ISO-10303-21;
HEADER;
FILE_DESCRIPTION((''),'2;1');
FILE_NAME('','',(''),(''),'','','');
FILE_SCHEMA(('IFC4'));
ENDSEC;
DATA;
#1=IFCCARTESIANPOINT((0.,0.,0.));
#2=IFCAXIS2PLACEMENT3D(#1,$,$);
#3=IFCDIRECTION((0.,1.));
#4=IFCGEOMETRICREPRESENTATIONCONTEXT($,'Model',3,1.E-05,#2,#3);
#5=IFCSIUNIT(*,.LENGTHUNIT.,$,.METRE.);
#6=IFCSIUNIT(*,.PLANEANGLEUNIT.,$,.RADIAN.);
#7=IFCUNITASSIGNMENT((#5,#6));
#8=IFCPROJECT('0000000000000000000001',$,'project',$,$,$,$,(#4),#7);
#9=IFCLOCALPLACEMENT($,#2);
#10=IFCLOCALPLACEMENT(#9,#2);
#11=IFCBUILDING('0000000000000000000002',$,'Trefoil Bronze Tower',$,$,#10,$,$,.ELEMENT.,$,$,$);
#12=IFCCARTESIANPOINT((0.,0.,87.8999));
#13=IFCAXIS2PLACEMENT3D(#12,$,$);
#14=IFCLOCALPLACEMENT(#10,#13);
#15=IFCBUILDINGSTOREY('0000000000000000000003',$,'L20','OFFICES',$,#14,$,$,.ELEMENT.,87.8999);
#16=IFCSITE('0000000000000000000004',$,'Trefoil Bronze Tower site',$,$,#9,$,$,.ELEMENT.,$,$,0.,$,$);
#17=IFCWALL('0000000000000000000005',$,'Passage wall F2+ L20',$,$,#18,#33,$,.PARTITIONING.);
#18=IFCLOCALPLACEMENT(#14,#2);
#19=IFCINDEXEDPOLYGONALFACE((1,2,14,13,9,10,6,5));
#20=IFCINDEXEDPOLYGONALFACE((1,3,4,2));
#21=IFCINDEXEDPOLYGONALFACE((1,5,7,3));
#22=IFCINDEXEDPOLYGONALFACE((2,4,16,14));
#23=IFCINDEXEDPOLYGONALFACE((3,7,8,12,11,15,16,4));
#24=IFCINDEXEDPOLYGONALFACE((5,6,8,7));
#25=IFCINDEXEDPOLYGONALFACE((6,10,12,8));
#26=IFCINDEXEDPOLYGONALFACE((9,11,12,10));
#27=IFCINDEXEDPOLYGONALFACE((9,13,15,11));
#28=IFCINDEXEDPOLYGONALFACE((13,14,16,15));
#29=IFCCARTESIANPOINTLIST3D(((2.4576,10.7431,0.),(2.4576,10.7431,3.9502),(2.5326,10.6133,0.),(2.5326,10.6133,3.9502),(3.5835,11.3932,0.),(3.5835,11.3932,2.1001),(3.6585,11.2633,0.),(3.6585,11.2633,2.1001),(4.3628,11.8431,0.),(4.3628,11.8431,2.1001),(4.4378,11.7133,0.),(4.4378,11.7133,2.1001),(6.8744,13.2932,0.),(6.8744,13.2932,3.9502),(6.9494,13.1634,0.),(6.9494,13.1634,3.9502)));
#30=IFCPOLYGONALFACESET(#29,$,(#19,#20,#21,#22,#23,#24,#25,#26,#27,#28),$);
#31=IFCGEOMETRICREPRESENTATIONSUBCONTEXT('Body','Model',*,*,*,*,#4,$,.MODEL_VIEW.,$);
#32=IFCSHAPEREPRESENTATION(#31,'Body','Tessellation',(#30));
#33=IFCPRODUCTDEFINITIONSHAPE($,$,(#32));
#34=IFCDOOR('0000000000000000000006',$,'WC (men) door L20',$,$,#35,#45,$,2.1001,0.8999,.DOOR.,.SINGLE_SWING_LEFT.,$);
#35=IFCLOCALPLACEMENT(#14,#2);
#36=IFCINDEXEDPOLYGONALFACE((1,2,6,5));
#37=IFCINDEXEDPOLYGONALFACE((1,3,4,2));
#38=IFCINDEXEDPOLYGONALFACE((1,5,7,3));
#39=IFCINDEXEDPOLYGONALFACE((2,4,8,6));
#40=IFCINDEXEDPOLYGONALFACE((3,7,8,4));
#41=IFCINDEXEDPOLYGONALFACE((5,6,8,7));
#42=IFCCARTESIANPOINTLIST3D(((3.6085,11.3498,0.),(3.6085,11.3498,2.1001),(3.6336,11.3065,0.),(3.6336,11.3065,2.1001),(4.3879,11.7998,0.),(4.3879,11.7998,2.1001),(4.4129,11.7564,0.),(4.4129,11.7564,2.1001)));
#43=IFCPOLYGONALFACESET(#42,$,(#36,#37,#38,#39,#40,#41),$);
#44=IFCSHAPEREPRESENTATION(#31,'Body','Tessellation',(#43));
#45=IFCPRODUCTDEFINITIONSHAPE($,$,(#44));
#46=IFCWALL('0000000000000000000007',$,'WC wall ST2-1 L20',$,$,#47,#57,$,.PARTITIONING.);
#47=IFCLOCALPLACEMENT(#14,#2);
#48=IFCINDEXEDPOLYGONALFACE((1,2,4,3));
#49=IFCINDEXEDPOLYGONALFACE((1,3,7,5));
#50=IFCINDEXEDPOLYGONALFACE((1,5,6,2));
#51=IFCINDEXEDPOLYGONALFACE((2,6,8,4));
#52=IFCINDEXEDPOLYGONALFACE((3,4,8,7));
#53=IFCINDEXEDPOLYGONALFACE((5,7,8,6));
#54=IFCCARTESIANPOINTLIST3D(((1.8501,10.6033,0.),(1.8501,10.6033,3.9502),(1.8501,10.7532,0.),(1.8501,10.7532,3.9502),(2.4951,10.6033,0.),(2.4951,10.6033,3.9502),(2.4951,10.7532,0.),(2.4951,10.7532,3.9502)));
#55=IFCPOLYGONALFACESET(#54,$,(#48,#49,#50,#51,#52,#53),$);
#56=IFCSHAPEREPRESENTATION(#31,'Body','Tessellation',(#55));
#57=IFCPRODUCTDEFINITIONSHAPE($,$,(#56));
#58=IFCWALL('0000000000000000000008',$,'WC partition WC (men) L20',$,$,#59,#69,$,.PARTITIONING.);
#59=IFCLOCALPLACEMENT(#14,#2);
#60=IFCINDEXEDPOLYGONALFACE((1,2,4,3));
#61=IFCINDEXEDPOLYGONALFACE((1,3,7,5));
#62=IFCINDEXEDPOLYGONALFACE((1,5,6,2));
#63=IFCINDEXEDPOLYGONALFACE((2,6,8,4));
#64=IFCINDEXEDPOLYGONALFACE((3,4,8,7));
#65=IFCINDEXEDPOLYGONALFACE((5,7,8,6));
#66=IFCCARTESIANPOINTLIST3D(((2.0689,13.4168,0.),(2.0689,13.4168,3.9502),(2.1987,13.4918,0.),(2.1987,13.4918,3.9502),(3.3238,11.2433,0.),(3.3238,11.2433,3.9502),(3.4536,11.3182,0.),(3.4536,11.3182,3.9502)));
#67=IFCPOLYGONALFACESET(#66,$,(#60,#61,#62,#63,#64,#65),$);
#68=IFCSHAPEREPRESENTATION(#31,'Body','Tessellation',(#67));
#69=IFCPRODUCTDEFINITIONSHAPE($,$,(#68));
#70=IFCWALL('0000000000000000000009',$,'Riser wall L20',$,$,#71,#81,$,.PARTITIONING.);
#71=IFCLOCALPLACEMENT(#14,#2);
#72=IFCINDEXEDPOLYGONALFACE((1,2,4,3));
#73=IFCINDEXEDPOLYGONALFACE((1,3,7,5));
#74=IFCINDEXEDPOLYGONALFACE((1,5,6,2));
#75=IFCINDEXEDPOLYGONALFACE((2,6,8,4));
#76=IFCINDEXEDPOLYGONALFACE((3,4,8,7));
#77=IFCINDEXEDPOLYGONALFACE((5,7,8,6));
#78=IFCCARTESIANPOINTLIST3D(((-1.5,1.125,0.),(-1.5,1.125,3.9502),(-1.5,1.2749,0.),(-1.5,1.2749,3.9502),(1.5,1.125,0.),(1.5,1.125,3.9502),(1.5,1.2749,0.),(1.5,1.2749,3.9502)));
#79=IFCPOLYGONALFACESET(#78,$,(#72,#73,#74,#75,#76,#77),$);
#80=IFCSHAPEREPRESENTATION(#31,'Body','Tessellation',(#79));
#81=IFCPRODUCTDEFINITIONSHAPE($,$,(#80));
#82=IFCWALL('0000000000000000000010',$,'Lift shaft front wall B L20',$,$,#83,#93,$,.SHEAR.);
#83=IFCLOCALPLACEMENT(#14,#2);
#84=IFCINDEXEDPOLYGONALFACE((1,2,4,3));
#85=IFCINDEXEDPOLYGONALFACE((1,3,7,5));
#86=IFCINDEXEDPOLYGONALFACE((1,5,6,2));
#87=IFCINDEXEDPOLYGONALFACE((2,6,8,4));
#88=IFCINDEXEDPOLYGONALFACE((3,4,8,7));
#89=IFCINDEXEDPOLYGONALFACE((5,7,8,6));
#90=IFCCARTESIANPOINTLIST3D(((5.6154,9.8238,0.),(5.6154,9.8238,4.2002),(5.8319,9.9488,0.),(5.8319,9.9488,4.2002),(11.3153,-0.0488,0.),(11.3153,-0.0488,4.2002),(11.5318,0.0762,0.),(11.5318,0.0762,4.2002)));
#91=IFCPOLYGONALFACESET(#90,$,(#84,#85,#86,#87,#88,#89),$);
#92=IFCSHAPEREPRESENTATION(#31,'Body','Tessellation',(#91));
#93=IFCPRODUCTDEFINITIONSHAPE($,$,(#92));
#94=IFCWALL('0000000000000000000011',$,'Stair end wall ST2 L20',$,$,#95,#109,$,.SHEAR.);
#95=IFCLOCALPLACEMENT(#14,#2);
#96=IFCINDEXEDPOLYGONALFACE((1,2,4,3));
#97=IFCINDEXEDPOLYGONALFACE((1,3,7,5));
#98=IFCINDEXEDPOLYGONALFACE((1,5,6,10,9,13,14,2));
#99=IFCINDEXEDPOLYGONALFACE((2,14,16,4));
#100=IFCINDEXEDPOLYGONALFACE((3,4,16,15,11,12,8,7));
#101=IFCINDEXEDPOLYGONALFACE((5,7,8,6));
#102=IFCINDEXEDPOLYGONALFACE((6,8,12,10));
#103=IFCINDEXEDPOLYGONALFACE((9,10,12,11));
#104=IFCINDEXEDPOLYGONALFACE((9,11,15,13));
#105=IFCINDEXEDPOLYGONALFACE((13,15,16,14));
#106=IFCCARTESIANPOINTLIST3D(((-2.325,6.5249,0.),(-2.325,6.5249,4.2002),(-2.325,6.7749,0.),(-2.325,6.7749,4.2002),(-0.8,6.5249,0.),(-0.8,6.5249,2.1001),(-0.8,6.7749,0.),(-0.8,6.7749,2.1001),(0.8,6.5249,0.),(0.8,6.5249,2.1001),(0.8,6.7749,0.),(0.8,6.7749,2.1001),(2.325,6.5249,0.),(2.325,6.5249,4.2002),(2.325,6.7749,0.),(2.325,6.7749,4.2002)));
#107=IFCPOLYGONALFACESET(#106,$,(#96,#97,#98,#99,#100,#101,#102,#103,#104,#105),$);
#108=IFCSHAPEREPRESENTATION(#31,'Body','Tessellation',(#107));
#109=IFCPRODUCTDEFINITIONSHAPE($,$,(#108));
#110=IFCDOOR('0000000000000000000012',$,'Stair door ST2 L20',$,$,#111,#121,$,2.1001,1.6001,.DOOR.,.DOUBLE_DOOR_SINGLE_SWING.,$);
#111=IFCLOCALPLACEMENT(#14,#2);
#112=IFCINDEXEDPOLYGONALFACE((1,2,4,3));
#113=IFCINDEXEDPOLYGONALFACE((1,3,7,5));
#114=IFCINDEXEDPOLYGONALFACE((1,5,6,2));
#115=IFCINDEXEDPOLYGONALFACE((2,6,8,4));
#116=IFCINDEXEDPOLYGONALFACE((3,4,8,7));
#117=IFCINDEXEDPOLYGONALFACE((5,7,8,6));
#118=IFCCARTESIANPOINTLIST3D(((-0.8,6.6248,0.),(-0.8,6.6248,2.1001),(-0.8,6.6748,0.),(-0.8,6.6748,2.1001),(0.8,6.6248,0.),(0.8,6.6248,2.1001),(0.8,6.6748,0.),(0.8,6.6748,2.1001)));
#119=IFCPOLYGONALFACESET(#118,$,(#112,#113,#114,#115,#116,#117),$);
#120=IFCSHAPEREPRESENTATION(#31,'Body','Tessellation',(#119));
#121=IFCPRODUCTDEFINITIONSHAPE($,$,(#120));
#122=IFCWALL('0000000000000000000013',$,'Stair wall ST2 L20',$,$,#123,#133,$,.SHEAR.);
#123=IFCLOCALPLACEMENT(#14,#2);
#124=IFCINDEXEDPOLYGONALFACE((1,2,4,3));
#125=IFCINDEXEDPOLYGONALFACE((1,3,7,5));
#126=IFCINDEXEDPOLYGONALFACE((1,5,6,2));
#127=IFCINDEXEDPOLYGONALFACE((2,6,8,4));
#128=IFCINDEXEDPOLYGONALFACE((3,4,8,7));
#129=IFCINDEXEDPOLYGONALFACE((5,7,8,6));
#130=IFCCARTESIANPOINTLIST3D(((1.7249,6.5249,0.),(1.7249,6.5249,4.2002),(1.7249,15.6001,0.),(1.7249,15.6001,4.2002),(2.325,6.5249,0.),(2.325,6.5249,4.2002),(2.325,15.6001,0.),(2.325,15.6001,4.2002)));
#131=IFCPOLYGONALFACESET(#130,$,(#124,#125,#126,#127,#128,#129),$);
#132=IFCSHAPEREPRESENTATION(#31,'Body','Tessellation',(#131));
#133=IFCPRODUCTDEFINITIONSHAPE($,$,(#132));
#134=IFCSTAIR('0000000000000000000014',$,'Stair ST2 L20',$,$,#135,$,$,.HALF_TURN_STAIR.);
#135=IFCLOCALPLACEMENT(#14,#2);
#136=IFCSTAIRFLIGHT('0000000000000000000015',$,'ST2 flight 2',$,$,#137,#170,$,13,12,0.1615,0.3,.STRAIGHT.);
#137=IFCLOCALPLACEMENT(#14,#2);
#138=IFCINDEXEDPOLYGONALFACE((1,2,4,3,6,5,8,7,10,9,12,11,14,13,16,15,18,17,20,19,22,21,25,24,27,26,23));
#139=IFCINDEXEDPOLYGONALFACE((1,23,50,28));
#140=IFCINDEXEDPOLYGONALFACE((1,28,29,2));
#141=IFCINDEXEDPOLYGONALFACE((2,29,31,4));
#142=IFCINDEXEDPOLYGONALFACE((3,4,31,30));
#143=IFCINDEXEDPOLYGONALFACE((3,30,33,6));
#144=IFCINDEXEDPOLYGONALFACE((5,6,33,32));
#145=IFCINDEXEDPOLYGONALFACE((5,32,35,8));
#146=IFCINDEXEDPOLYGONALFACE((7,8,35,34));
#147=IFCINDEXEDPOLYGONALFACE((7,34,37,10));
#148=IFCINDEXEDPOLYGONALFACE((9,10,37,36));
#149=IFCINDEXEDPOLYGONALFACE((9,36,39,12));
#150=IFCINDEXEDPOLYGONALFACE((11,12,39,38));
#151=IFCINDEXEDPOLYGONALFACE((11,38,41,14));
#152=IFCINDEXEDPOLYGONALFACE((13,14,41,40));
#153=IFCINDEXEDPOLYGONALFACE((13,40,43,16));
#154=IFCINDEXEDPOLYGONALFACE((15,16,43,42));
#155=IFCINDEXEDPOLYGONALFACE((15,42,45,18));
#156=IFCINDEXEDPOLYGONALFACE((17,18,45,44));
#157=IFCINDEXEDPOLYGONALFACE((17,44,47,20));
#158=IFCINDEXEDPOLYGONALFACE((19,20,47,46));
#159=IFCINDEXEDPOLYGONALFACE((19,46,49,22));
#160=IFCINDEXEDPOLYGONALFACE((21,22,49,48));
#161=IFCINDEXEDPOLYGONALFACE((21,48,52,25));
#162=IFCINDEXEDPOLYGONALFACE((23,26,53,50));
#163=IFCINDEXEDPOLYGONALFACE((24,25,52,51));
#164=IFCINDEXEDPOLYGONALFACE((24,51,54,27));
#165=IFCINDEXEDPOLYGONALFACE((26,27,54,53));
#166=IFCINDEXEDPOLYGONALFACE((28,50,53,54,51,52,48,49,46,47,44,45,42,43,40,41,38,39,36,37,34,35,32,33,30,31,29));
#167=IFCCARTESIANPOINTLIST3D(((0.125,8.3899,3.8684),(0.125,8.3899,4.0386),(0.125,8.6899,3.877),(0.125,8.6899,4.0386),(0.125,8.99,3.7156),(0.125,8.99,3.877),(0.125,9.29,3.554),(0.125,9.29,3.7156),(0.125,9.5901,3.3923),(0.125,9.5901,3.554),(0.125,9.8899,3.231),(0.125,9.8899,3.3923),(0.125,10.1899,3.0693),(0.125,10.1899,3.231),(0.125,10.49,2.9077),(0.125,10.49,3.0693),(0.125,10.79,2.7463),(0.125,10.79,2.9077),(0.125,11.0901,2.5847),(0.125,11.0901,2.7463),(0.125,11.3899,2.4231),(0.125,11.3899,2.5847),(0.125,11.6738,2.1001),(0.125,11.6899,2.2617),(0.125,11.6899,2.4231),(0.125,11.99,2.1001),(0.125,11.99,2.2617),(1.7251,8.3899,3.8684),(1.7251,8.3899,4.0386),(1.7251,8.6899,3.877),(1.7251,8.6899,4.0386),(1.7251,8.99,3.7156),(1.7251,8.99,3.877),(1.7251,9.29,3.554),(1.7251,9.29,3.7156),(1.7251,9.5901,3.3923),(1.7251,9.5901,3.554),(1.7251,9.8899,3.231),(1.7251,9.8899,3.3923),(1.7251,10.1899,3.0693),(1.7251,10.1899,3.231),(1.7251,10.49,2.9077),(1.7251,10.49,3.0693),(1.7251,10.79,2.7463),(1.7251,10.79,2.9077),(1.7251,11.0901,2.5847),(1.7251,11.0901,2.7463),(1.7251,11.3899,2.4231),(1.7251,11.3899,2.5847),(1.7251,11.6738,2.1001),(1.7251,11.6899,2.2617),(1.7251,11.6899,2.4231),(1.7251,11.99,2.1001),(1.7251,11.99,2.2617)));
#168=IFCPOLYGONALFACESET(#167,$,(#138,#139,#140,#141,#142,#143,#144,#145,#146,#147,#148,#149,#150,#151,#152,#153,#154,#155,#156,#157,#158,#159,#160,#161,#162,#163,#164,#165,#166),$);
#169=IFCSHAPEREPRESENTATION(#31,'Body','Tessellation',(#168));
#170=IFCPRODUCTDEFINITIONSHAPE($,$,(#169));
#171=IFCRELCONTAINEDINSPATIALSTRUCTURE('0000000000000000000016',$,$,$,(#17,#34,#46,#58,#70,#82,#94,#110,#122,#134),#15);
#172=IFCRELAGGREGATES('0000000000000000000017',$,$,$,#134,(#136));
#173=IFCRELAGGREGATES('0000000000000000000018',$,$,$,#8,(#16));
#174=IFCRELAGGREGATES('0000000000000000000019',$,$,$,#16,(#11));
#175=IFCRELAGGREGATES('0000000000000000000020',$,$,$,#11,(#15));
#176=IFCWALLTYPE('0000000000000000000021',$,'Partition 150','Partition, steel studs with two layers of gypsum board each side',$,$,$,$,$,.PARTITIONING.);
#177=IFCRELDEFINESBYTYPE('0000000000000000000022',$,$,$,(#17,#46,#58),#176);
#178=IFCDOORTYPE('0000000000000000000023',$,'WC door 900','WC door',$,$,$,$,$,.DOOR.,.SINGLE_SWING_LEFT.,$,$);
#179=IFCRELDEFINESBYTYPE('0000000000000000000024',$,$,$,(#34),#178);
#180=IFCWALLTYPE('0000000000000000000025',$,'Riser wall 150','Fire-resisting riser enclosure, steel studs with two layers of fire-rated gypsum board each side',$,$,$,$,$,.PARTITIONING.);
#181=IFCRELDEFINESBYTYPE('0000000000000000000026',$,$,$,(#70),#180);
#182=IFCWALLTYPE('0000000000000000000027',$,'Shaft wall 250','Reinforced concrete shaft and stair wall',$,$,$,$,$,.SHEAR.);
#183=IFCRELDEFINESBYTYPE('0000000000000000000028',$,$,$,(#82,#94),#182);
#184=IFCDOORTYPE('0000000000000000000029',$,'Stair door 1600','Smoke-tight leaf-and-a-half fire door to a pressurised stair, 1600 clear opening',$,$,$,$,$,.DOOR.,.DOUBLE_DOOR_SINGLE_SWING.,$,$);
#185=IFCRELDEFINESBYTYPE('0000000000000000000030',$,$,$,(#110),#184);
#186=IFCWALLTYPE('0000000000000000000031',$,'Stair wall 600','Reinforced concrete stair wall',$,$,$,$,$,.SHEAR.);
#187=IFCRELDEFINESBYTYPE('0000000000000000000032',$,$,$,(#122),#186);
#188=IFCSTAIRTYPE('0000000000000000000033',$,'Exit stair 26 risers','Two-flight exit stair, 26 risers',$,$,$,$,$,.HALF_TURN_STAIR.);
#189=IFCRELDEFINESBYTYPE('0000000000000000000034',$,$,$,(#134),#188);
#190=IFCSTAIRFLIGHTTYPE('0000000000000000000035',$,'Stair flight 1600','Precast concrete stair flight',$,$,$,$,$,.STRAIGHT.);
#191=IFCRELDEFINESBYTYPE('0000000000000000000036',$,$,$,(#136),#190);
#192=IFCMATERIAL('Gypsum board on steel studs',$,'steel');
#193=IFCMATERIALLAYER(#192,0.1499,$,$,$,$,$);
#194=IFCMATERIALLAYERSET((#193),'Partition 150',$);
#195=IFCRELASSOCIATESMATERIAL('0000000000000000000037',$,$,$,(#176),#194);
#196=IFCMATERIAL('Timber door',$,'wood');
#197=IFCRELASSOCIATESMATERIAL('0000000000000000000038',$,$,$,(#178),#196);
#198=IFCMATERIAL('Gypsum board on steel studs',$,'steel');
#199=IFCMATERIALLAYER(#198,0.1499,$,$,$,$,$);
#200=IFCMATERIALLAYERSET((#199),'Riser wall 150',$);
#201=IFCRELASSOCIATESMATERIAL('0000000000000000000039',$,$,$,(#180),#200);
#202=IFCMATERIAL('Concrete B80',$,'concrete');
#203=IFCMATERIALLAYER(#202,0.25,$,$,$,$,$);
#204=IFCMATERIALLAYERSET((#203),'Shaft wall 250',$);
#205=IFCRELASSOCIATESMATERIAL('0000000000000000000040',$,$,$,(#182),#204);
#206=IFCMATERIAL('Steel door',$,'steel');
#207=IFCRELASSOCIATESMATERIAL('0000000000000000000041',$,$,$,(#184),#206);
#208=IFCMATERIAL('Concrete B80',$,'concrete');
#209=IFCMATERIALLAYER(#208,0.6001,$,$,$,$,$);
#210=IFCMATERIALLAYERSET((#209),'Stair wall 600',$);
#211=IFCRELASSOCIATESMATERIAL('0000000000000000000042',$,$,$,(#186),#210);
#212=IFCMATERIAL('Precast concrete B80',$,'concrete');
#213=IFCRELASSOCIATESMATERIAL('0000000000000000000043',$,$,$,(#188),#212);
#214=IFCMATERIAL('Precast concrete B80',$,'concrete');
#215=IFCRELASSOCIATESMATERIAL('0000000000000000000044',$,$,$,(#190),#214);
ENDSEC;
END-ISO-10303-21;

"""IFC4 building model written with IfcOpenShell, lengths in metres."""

from ifc_helpers import new_model, si_unit, direction, frame, frame_2d, origin, place, context, subcontext, project, spatial, polyline, rectangle, outline, extrude, material, layer, layer_set, type_object, element, fill, aggregate, save


model = new_model("IFC4")

# Units and contexts
model_context = context("Model", 3, precision=1e-05, world=origin(), true_north=direction((0.0, 1.0)))
body_context = subcontext(model_context, "Body", "Model", "MODEL_VIEW")
ifc_project = project(units=[si_unit("LENGTHUNIT", "METRE"), si_unit("PLANEANGLEUNIT", "RADIAN")], contexts=[model_context])

# Site, building, storey
site_placement = place(None, origin())
site = spatial("IfcSite", under=ifc_project, at=site_placement, Name="Trefoil Bronze Tower site", CompositionType="ELEMENT", RefElevation=0.0)
building_placement = place(site_placement, origin())
building = spatial("IfcBuilding", under=site, at=building_placement, Name="Trefoil Bronze Tower", CompositionType="ELEMENT")
storey_placement = place(building_placement, frame((0.0, 0.0, 87.8999)))
storey = spatial("IfcBuildingStorey", under=building, at=storey_placement, Name="L20", Description="OFFICES", CompositionType="ELEMENT", Elevation=87.8999)

# Wall, opening, door
ifc_material_1 = material(Name="Gypsum board on steel studs", Category="steel")
ifc_layer_1 = layer(ifc_material_1, 0.1499)
ifc_layer_set_1 = layer_set([ifc_layer_1], Name="Partition 150")
wall_type_1 = type_object("IfcWallType", Name="Partition 150", Description="Partition, steel studs with two layers of gypsum board each side", PredefinedType="PARTITIONING", material=ifc_layer_set_1)
wall_1_placement = place(storey_placement, frame((2.4951, 10.6782, 0.0), z_axis=(0.0, 0.0, 1.0), x_axis=(0.866022, 0.500006, 0.0)))
wall_1 = element("IfcWall", 1, at=wall_1_placement, inside=storey, type_object=wall_type_1, Name="Passage wall F2+ L20", PredefinedType="PARTITIONING", context=body_context, shape_type="SweptSolid", body=[
    extrude(rectangle(XDim=5.1001, YDim=0.1499, at=frame_2d((2.55, 0.0))), origin(), (0.0, 0.0, 1.0), 3.9502),
])
opening_1_placement = place(wall_1_placement, frame((1.3, 0.0, 0.0)))
opening_1 = element("IfcOpeningElement", 2, at=opening_1_placement, cuts=wall_1, PredefinedType="OPENING", context=body_context, shape_type="SweptSolid", body=[
    extrude(rectangle(XDim=0.8999, YDim=2.1001, at=frame_2d((0.45, 1.05))), frame((0.0, 0.085, 0.0), z_axis=(0.0, -1.0, 0.0), x_axis=(1.0, 0.0, 0.0)), (0.0, 0.0, 1.0), 0.1699),
])
ifc_material_2 = material(Name="Timber door", Category="wood")
door_type_1 = type_object("IfcDoorType", Name="WC door 900", Description="WC door", OperationType="SINGLE_SWING_LEFT", PredefinedType="DOOR", material=ifc_material_2)
door_1_placement = place(opening_1_placement, origin())
door_1 = element("IfcDoor", 3, at=door_1_placement, inside=storey, type_object=door_type_1, Name="WC (men) door L20", OperationType="SINGLE_SWING_LEFT", OverallHeight=2.1001, OverallWidth=0.8999, PredefinedType="DOOR", context=body_context, shape_type="SweptSolid", body=[
    extrude(rectangle(XDim=0.8999, YDim=2.1001, at=frame_2d((0.45, 1.05))), frame((0.0, 0.0249, 0.0), z_axis=(0.0, -1.0, 0.0), x_axis=(1.0, 0.0, 0.0)), (0.0, 0.0, 1.0), 0.05),
])
fill(opening_1, door_1)

# Walls
wall_2_placement = place(storey_placement, frame((2.4951, 10.6782, 0.0), z_axis=(0.0, 0.0, 1.0), x_axis=(-1.0, 0.0, 0.0)))
element("IfcWall", 4, at=wall_2_placement, inside=storey, type_object=wall_type_1, Name="WC wall ST2-1 L20", PredefinedType="PARTITIONING", context=body_context, shape_type="SweptSolid", body=[
    extrude(rectangle(XDim=0.645, YDim=0.1499, at=frame_2d((0.3225, 0.0))), origin(), (0.0, 0.0, 1.0), 3.9502),
])
wall_3_placement = place(storey_placement, frame((3.3887, 11.2808, 0.0), z_axis=(0.0, 0.0, 1.0), x_axis=(-0.499989, 0.866032, 0.0)))
element("IfcWall", 5, at=wall_3_placement, inside=storey, type_object=wall_type_1, Name="WC partition WC (men) L20", PredefinedType="PARTITIONING", context=body_context, shape_type="SweptSolid", body=[
    extrude(rectangle(XDim=2.5098, YDim=0.1499, at=frame_2d((1.2549, 0.0))), origin(), (0.0, 0.0, 1.0), 3.9502),
])
ifc_material_3 = material(Name="Gypsum board on steel studs", Category="steel")
ifc_layer_2 = layer(ifc_material_3, 0.1499)
ifc_layer_set_2 = layer_set([ifc_layer_2], Name="Riser wall 150")
wall_type_2 = type_object("IfcWallType", Name="Riser wall 150", Description="Fire-resisting riser enclosure, steel studs with two layers of fire-rated gypsum board each side", PredefinedType="PARTITIONING", material=ifc_layer_set_2)
wall_4_placement = place(storey_placement, frame((1.5, 1.2, 0.0), z_axis=(0.0, 0.0, 1.0), x_axis=(-1.0, 0.0, 0.0)))
element("IfcWall", 6, at=wall_4_placement, inside=storey, type_object=wall_type_2, Name="Riser wall L20", PredefinedType="PARTITIONING", context=body_context, shape_type="SweptSolid", body=[
    extrude(rectangle(XDim=3.0, YDim=0.1499, at=frame_2d((1.5, 0.0))), origin(), (0.0, 0.0, 1.0), 3.9502),
])
ifc_material_4 = material(Name="Concrete B80", Category="concrete")
ifc_layer_3 = layer(ifc_material_4, 0.25)
ifc_layer_set_3 = layer_set([ifc_layer_3], Name="Shaft wall 250")
wall_type_3 = type_object("IfcWallType", Name="Shaft wall 250", Description="Reinforced concrete shaft and stair wall", PredefinedType="SHEAR", material=ifc_layer_set_3)
wall_5_placement = place(storey_placement, frame((11.4236, 0.0137, 0.0), z_axis=(0.0, 0.0, 1.0), x_axis=(-0.500002, 0.866024, 0.0)))
element("IfcWall", 7, at=wall_5_placement, inside=storey, type_object=wall_type_3, Name="Lift shaft front wall B L20", PredefinedType="SHEAR", context=body_context, shape_type="SweptSolid", body=[
    extrude(rectangle(XDim=11.3999, YDim=0.25, at=frame_2d((5.7, 0.0))), origin(), (0.0, 0.0, 1.0), 4.2002),
])

# Wall, opening, door
wall_6_placement = place(storey_placement, frame((2.325, 6.6499, 0.0), z_axis=(0.0, 0.0, 1.0), x_axis=(-1.0, 0.0, 0.0)))
wall_6 = element("IfcWall", 8, at=wall_6_placement, inside=storey, type_object=wall_type_3, Name="Stair end wall ST2 L20", PredefinedType="SHEAR", context=body_context, shape_type="SweptSolid", body=[
    extrude(rectangle(XDim=4.6499, YDim=0.25, at=frame_2d((2.325, 0.0))), origin(), (0.0, 0.0, 1.0), 4.2002),
])
opening_2_placement = place(wall_6_placement, frame((1.5249, 0.0, 0.0)))
opening_2 = element("IfcOpeningElement", 9, at=opening_2_placement, cuts=wall_6, PredefinedType="OPENING", context=body_context, shape_type="SweptSolid", body=[
    extrude(rectangle(XDim=1.6001, YDim=2.1001, at=frame_2d((0.8, 1.05))), frame((0.0, 0.135, 0.0), z_axis=(0.0, -1.0, 0.0), x_axis=(1.0, 0.0, 0.0)), (0.0, 0.0, 1.0), 0.27),
])
ifc_material_5 = material(Name="Steel door", Category="steel")
door_type_2 = type_object("IfcDoorType", Name="Stair door 1600", Description="Smoke-tight leaf-and-a-half fire door to a pressurised stair, 1600 clear opening", OperationType="DOUBLE_DOOR_SINGLE_SWING", PredefinedType="DOOR", material=ifc_material_5)
door_2_placement = place(opening_2_placement, frame((1.6001, 0.0, 0.0), z_axis=(0.0, 0.0, 1.0), x_axis=(-1.0, 0.0, 0.0)))
door_2 = element("IfcDoor", 10, at=door_2_placement, inside=storey, type_object=door_type_2, Name="Stair door ST2 L20", OperationType="DOUBLE_DOOR_SINGLE_SWING", OverallHeight=2.1001, OverallWidth=1.6001, PredefinedType="DOOR", context=body_context, shape_type="SweptSolid", body=[
    extrude(rectangle(XDim=1.6001, YDim=2.1001, at=frame_2d((0.8, 1.05))), frame((0.0, 0.0249, 0.0), z_axis=(0.0, -1.0, 0.0), x_axis=(1.0, 0.0, 0.0)), (0.0, 0.0, 1.0), 0.05),
])
fill(opening_2, door_2)

# Wall
ifc_material_6 = material(Name="Concrete B80", Category="concrete")
ifc_layer_4 = layer(ifc_material_6, 0.6001)
ifc_layer_set_4 = layer_set([ifc_layer_4], Name="Stair wall 600")
wall_type_4 = type_object("IfcWallType", Name="Stair wall 600", Description="Reinforced concrete stair wall", PredefinedType="SHEAR", material=ifc_layer_set_4)
wall_7_placement = place(storey_placement, frame((2.0249, 6.5249, 0.0), z_axis=(0.0, 0.0, 1.0), x_axis=(0.0, 1.0, 0.0)))
element("IfcWall", 11, at=wall_7_placement, inside=storey, type_object=wall_type_4, Name="Stair wall ST2 L20", PredefinedType="SHEAR", context=body_context, shape_type="SweptSolid", body=[
    extrude(rectangle(XDim=9.0752, YDim=0.6001, at=frame_2d((4.5376, 0.0))), origin(), (0.0, 0.0, 1.0), 4.2002),
])

# Stair, stair flight
ifc_material_7 = material(Name="Precast concrete B80", Category="concrete")
stair_type = type_object("IfcStairType", Name="Exit stair 26 risers", Description="Two-flight exit stair, 26 risers", PredefinedType="HALF_TURN_STAIR", material=ifc_material_7)
stair_placement = place(storey_placement, origin())
stair = element("IfcStair", 12, at=stair_placement, inside=storey, type_object=stair_type, Name="Stair ST2 L20", PredefinedType="HALF_TURN_STAIR")
ifc_material_8 = material(Name="Precast concrete B80", Category="concrete")
stair_flight_type = type_object("IfcStairFlightType", Name="Stair flight 1600", Description="Precast concrete stair flight", PredefinedType="STRAIGHT", material=ifc_material_8)
stair_flight_placement = place(storey_placement, frame((0.925, 11.99, 2.1001), z_axis=(0.0, 0.0, 1.0), x_axis=(0.0, -1.0, 0.0)))
stair_flight = element("IfcStairFlight", 13, at=stair_flight_placement, type_object=stair_flight_type, Name="ST2 flight 2", NumberOfRisers=13, NumberOfTreads=12, PredefinedType="STRAIGHT", RiserHeight=0.1615, TreadLength=0.3, context=body_context, shape_type="SweptSolid", body=[
    extrude(outline(polyline([(0.0, 0.0), (0.0, 0.1616), (0.3, 0.1616), (0.3, 0.323), (0.6001, 0.323), (0.6001, 0.4846), (0.8999, 0.4846), (0.8999, 0.6462), (1.2, 0.6462), (1.2, 0.8076), (1.5, 0.8076), (1.5, 0.9692), (1.8, 0.9692), (1.8, 1.1309), (2.1001, 1.1309), (2.1001, 1.2922), (2.3999, 1.2922), (2.3999, 1.4539), (2.7, 1.4539), (2.7, 1.6155), (3.0, 1.6155), (3.0, 1.7769), (3.3, 1.7769), (3.3, 1.9385), (3.6001, 1.9385), (3.6001, 2.1001), (3.6001, 1.7683), (0.3162, 0.0), (0.0, 0.0)])), frame((0.0, 0.8, 0.0), z_axis=(0.0, -1.0, 0.0), x_axis=(1.0, 0.0, 0.0)), (0.0, 0.0, 1.0), 1.6001),
])
aggregate(stair, [stair_flight])

save(model, "model.ifc")
